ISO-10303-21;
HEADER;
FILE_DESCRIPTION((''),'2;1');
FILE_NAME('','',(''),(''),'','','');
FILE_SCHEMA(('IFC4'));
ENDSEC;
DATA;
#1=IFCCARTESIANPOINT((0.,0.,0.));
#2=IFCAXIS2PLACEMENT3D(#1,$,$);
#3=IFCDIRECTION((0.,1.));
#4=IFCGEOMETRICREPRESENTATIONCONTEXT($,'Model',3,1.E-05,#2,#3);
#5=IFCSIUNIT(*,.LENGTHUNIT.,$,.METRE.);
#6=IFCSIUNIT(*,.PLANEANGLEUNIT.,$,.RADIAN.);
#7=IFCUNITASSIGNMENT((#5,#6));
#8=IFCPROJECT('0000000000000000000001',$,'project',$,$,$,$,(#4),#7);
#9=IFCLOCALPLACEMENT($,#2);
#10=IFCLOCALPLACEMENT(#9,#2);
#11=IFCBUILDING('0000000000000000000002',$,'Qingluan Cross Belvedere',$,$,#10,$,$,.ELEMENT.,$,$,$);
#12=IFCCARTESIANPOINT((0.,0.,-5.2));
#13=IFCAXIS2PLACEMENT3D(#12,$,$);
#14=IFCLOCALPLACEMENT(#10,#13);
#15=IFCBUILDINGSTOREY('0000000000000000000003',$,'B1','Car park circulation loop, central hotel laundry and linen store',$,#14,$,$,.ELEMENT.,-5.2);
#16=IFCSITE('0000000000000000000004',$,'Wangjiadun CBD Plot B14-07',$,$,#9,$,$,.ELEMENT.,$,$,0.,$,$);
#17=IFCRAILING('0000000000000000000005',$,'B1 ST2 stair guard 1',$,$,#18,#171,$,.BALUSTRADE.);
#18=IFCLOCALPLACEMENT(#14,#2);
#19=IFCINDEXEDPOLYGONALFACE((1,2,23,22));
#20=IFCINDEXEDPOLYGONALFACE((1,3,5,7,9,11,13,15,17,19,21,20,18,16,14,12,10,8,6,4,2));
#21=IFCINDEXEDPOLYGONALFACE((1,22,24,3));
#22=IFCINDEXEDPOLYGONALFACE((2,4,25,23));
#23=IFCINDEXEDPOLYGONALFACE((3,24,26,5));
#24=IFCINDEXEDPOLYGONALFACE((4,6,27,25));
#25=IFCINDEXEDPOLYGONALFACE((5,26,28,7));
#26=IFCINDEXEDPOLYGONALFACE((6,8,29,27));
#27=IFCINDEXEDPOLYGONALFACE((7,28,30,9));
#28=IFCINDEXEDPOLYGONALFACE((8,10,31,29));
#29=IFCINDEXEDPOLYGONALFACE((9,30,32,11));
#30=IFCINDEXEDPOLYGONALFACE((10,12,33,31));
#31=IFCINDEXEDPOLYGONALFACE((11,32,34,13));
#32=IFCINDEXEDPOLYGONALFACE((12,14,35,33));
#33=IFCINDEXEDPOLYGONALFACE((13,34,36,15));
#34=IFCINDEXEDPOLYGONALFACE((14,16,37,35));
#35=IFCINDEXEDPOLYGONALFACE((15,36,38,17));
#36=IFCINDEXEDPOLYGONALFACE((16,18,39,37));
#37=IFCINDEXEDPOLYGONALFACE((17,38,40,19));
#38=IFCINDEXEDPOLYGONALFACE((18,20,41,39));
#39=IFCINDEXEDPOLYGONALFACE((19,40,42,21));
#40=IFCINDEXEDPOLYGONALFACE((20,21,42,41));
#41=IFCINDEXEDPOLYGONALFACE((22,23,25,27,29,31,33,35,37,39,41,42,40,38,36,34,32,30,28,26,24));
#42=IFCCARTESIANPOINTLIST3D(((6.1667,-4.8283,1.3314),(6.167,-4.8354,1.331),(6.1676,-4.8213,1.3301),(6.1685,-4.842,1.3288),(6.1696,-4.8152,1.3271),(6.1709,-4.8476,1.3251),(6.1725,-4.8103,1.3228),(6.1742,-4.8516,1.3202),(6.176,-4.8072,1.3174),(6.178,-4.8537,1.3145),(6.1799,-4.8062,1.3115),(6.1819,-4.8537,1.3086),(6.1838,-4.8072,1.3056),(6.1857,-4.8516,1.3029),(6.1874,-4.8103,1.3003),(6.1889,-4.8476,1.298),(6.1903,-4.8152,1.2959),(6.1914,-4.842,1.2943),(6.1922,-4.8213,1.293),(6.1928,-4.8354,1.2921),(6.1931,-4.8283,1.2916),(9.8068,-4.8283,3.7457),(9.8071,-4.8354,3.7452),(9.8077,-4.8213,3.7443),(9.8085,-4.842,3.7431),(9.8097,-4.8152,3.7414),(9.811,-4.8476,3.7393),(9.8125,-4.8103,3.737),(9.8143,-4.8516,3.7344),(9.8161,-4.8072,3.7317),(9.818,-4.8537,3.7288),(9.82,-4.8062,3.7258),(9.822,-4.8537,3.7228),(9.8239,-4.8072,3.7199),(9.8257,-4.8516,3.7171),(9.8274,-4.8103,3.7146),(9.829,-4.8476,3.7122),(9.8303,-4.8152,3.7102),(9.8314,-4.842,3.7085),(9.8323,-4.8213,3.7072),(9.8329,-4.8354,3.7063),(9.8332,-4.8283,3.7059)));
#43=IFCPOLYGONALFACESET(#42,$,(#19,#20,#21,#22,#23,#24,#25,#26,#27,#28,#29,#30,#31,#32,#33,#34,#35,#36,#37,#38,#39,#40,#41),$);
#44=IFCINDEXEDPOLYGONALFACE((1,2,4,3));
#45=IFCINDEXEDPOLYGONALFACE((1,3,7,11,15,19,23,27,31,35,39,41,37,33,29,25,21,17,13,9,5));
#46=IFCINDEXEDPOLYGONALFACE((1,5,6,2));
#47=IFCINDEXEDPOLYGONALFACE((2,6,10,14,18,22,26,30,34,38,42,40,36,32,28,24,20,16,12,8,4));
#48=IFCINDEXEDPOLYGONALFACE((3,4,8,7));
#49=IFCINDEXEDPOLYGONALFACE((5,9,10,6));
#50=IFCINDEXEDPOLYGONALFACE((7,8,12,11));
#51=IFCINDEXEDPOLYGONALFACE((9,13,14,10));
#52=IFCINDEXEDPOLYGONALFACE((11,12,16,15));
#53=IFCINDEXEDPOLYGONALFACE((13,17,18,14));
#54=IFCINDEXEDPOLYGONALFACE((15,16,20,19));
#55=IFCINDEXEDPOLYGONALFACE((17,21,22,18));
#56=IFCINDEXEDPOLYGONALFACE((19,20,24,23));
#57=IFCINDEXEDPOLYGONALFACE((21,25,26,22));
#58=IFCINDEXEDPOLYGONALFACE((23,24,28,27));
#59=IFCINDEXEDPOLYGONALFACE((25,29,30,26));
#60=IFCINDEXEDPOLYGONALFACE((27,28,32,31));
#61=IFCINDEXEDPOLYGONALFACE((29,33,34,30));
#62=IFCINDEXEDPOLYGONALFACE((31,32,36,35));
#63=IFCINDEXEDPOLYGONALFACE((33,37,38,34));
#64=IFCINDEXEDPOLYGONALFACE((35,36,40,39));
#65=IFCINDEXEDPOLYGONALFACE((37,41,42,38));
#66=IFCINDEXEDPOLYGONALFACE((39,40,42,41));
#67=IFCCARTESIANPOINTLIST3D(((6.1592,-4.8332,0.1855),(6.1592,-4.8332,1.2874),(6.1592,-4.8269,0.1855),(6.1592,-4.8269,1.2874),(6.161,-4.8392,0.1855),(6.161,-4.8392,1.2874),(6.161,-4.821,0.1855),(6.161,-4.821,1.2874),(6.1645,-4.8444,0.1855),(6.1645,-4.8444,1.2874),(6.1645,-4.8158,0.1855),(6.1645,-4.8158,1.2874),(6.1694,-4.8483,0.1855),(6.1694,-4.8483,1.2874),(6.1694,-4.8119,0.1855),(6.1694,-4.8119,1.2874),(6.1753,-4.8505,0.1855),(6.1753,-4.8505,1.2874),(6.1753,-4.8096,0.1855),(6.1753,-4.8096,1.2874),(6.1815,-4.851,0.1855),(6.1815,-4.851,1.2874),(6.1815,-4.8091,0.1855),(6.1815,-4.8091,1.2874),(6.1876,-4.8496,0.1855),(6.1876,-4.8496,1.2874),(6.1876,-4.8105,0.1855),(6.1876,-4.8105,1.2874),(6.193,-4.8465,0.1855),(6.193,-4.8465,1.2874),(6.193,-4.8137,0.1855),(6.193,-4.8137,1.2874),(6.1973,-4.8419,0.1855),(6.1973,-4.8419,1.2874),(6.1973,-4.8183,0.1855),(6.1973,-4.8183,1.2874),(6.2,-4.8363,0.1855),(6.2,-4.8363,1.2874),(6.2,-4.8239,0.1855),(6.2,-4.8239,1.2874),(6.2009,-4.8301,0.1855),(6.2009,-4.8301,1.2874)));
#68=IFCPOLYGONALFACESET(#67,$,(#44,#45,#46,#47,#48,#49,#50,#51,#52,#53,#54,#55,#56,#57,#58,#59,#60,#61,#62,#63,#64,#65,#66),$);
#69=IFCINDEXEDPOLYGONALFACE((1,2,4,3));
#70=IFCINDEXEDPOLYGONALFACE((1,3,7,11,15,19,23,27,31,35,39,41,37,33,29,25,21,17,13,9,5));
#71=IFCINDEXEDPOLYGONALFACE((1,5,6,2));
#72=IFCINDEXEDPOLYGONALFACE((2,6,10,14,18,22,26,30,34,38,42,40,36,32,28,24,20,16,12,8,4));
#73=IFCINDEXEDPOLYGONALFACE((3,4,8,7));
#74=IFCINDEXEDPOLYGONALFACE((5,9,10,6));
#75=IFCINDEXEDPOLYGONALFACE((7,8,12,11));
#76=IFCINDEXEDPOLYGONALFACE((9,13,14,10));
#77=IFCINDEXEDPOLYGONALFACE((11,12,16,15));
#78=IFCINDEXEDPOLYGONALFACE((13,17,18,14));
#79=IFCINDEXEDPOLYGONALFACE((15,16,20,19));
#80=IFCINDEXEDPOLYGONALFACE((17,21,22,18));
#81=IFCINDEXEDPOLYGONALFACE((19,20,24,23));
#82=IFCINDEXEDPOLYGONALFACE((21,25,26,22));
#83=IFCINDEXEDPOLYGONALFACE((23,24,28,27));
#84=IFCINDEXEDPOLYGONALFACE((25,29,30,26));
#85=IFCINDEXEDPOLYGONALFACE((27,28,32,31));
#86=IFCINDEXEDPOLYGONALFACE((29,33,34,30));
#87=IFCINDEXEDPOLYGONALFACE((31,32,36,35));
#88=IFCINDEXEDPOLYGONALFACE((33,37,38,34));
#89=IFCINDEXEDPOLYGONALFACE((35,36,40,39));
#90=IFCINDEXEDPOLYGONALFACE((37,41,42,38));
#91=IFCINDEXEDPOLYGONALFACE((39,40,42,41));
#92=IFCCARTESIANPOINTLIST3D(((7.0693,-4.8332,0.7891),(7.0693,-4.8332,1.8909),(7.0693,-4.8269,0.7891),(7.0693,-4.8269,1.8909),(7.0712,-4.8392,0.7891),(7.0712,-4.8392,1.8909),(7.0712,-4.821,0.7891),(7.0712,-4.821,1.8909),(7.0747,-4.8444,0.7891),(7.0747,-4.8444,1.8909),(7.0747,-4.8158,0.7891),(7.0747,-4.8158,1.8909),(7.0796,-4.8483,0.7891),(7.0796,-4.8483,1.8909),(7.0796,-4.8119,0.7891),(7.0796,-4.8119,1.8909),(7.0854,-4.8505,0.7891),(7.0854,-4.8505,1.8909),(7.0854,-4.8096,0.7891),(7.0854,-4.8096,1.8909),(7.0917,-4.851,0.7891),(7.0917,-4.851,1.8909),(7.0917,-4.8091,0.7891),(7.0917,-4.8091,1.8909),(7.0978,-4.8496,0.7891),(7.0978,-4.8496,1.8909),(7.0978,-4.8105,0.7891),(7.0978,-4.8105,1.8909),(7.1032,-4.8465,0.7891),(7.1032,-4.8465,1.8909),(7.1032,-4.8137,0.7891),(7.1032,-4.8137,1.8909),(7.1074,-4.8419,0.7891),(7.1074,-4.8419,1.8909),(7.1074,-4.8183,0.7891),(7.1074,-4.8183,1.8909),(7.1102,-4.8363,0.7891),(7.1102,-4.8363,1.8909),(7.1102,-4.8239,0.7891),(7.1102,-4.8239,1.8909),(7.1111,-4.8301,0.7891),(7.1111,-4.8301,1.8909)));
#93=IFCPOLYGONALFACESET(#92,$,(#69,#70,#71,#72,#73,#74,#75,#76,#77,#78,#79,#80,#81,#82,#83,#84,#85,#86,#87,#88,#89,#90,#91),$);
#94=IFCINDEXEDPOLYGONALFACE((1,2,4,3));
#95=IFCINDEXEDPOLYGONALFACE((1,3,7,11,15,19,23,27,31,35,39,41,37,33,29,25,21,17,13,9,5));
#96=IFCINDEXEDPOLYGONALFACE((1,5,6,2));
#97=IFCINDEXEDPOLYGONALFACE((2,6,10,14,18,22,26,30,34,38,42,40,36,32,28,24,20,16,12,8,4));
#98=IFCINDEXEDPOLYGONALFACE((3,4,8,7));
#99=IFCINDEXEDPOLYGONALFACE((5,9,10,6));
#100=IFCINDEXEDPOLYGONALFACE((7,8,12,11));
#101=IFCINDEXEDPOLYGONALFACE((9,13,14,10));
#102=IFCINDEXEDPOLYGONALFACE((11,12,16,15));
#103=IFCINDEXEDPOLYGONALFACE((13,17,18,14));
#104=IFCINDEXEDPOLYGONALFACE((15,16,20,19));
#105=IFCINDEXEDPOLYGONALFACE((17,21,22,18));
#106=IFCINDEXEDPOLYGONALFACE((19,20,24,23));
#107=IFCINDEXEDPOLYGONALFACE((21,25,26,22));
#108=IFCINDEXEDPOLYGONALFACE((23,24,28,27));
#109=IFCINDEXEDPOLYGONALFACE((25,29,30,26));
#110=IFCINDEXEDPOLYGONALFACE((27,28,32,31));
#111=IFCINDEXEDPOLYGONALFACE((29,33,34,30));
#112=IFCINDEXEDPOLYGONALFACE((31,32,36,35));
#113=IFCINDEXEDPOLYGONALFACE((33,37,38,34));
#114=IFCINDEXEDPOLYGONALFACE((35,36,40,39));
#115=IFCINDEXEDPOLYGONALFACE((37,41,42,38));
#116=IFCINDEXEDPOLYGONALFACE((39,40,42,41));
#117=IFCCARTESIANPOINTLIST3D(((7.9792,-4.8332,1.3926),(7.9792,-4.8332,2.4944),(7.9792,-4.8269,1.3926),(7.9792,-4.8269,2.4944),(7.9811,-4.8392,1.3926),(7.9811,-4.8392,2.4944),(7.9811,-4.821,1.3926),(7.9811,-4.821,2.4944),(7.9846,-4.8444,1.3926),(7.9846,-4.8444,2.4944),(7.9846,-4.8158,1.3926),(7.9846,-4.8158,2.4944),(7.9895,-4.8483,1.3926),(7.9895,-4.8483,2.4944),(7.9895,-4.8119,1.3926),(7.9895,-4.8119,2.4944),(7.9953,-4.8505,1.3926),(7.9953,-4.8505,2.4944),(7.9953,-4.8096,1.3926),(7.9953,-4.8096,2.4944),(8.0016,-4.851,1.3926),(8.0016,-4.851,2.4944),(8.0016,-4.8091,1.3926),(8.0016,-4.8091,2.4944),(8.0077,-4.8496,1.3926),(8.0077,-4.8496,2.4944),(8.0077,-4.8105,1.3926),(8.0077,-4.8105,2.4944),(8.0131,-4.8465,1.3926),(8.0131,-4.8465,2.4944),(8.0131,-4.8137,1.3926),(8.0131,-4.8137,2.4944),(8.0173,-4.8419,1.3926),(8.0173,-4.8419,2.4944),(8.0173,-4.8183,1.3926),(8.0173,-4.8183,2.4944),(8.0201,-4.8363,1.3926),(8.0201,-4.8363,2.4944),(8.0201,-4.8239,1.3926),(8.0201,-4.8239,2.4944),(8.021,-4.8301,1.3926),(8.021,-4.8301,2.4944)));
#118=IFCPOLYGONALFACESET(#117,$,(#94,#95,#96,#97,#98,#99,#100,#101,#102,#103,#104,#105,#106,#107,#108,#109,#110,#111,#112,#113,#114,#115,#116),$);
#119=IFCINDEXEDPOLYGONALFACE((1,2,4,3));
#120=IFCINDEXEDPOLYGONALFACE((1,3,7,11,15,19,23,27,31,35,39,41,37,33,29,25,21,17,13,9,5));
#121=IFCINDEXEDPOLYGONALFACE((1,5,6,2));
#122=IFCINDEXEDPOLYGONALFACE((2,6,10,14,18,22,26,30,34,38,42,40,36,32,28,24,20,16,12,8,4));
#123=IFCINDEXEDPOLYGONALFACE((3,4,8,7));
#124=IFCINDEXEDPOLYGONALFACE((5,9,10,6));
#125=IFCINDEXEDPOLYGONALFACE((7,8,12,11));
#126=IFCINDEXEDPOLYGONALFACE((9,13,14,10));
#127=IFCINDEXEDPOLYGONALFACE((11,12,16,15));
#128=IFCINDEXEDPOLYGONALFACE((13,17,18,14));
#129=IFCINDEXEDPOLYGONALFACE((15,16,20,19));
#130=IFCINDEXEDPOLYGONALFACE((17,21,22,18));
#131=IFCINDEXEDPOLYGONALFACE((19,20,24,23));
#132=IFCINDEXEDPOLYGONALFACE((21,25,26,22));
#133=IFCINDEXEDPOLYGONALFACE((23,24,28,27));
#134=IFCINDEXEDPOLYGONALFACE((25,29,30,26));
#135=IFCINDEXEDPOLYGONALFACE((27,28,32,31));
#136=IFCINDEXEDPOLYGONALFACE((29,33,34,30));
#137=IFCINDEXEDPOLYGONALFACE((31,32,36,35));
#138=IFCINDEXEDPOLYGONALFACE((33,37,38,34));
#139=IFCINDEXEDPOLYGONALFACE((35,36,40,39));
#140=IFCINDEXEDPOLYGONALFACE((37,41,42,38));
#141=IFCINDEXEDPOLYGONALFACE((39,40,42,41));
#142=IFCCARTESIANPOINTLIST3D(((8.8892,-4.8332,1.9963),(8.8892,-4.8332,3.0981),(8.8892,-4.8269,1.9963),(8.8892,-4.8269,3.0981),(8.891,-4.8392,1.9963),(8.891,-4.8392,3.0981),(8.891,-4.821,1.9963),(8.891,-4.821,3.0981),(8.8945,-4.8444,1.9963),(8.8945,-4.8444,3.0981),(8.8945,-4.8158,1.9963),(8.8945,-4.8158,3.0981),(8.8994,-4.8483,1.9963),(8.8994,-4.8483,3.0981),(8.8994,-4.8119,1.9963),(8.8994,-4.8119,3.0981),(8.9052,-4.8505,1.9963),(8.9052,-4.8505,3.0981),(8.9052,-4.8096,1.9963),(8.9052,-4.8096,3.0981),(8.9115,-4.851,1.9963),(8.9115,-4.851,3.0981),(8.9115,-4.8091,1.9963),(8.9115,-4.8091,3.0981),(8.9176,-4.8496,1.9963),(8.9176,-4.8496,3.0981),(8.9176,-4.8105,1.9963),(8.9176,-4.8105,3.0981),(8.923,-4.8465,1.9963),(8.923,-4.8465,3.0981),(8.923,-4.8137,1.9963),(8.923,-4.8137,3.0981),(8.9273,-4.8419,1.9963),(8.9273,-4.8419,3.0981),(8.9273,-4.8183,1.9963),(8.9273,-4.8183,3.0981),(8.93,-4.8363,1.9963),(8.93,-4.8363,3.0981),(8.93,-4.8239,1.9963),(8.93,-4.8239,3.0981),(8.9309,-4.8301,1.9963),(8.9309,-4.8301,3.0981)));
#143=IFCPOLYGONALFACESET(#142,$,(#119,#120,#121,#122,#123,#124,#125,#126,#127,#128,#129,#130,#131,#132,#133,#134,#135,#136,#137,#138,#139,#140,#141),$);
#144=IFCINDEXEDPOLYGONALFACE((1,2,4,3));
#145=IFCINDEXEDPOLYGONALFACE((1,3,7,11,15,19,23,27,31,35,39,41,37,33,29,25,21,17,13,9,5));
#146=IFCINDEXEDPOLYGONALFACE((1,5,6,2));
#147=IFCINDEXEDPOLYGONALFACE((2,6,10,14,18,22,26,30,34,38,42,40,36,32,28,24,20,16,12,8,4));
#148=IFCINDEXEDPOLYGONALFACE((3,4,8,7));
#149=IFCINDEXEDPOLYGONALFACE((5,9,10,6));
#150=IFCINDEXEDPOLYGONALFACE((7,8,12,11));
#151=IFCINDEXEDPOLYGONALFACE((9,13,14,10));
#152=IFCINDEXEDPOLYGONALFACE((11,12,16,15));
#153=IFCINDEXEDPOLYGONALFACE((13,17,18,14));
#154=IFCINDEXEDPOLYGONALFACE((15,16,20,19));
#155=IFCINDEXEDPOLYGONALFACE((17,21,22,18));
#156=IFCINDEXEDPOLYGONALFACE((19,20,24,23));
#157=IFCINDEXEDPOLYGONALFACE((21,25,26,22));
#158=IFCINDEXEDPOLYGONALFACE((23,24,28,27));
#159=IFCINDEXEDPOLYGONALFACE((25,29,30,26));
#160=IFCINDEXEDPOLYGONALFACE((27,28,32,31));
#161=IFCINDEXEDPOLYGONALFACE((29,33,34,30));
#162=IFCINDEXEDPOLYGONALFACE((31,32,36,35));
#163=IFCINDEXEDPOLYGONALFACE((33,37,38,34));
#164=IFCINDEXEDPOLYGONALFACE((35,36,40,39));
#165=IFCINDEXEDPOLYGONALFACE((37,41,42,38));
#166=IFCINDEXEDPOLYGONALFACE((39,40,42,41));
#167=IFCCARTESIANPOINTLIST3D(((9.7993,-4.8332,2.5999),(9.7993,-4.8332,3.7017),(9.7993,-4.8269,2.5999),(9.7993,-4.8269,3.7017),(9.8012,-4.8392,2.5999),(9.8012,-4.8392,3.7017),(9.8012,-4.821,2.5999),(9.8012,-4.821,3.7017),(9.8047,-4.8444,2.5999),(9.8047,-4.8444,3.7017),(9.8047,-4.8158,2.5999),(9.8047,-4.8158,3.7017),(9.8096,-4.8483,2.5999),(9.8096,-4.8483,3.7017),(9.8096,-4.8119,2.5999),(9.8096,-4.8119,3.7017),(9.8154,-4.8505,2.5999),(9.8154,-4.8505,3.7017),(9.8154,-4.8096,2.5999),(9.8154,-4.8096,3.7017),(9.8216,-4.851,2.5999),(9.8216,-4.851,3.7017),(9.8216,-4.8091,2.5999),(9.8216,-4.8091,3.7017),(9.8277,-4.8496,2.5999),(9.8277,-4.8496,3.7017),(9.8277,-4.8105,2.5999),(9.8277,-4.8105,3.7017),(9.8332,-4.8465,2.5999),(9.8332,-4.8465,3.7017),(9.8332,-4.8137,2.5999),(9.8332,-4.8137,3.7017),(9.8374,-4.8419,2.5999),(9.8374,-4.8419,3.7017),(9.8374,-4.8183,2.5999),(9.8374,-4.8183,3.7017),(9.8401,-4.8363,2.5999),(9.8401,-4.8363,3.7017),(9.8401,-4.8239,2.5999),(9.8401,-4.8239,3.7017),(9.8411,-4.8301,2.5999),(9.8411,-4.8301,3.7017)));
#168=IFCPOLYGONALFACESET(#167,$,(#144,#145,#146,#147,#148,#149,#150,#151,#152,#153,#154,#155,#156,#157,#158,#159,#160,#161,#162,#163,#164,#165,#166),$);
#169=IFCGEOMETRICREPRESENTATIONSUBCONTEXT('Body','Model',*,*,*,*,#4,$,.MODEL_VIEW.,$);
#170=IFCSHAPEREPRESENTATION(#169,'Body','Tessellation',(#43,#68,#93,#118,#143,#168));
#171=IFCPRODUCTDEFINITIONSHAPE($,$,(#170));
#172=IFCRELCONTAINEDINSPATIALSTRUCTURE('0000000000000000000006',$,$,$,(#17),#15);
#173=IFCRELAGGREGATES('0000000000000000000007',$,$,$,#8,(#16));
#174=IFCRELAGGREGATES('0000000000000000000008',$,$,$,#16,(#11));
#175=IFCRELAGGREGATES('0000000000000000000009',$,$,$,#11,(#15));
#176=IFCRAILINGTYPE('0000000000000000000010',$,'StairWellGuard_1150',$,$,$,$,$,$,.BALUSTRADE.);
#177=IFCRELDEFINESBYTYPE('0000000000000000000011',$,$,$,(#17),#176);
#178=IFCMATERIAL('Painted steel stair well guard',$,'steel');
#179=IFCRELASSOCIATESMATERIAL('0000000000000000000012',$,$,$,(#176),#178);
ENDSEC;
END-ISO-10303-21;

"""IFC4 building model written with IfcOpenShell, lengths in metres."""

from ifc_helpers import new_model, si_unit, direction, frame, origin, origin_2d, place, context, subcontext, project, spatial, circle, extrude, material, type_object, element, save


model = new_model("IFC4")

# Units and contexts
model_context = context("Model", 3, precision=1e-05, world=origin(), true_north=direction((0.0, 1.0)))
body_context = subcontext(model_context, "Body", "Model", "MODEL_VIEW")
ifc_project = project(units=[si_unit("LENGTHUNIT", "METRE"), si_unit("PLANEANGLEUNIT", "RADIAN")], contexts=[model_context])

# Site, building, storey
site_placement = place(None, origin())
site = spatial("IfcSite", under=ifc_project, at=site_placement, Name="Wangjiadun CBD Plot B14-07", CompositionType="ELEMENT", RefElevation=0.0)
building_placement = place(site_placement, origin())
building = spatial("IfcBuilding", under=site, at=building_placement, Name="Qingluan Cross Belvedere", CompositionType="ELEMENT")
storey_placement = place(building_placement, frame((0.0, 0.0, -5.2)))
storey = spatial("IfcBuildingStorey", under=building, at=storey_placement, Name="B1", Description="Car park circulation loop, central hotel laundry and linen store", CompositionType="ELEMENT", Elevation=-5.2)

# Railing
ifc_material_1 = material(Name="Painted steel stair well guard", Category="steel")
railing_type_1 = type_object("IfcRailingType", Name="StairWellGuard_1150", PredefinedType="BALUSTRADE", material=ifc_material_1)
railing_1_placement = place(storey_placement, frame((6.1799, -4.8301, 0.1855)))
element("IfcRailing", 1, at=railing_1_placement, inside=storey, type_object=railing_type_1, Name="B1 ST2 stair guard 1", PredefinedType="BALUSTRADE", context=body_context, shape_type="SweptSolid", body=[
    extrude(circle(Radius=0.0239, at=origin_2d()), frame((0.0, 0.0, 1.126), z_axis=(0.833364, 0.0, 0.552725), x_axis=(0.0, 1.0, 0.0)), (0.0, 0.0, 1.0), 4.3679),
    extrude(circle(Radius=0.021, at=origin_2d()), origin(), (0.0, 0.0, 1.0), 1.1018),
    extrude(circle(Radius=0.021, at=origin_2d()), frame((0.9102, 0.0, 0.6035)), (0.0, 0.0, 1.0), 1.1018),
    extrude(circle(Radius=0.021, at=origin_2d()), frame((1.8201, 0.0, 1.207)), (0.0, 0.0, 1.0), 1.1018),
    extrude(circle(Radius=0.021, at=origin_2d()), frame((2.73, 0.0, 1.8108)), (0.0, 0.0, 1.0), 1.1018),
    extrude(circle(Radius=0.021, at=origin_2d()), frame((3.6401, 0.0, 2.4143)), (0.0, 0.0, 1.0), 1.1018),
])

save(model, "model.ifc")
